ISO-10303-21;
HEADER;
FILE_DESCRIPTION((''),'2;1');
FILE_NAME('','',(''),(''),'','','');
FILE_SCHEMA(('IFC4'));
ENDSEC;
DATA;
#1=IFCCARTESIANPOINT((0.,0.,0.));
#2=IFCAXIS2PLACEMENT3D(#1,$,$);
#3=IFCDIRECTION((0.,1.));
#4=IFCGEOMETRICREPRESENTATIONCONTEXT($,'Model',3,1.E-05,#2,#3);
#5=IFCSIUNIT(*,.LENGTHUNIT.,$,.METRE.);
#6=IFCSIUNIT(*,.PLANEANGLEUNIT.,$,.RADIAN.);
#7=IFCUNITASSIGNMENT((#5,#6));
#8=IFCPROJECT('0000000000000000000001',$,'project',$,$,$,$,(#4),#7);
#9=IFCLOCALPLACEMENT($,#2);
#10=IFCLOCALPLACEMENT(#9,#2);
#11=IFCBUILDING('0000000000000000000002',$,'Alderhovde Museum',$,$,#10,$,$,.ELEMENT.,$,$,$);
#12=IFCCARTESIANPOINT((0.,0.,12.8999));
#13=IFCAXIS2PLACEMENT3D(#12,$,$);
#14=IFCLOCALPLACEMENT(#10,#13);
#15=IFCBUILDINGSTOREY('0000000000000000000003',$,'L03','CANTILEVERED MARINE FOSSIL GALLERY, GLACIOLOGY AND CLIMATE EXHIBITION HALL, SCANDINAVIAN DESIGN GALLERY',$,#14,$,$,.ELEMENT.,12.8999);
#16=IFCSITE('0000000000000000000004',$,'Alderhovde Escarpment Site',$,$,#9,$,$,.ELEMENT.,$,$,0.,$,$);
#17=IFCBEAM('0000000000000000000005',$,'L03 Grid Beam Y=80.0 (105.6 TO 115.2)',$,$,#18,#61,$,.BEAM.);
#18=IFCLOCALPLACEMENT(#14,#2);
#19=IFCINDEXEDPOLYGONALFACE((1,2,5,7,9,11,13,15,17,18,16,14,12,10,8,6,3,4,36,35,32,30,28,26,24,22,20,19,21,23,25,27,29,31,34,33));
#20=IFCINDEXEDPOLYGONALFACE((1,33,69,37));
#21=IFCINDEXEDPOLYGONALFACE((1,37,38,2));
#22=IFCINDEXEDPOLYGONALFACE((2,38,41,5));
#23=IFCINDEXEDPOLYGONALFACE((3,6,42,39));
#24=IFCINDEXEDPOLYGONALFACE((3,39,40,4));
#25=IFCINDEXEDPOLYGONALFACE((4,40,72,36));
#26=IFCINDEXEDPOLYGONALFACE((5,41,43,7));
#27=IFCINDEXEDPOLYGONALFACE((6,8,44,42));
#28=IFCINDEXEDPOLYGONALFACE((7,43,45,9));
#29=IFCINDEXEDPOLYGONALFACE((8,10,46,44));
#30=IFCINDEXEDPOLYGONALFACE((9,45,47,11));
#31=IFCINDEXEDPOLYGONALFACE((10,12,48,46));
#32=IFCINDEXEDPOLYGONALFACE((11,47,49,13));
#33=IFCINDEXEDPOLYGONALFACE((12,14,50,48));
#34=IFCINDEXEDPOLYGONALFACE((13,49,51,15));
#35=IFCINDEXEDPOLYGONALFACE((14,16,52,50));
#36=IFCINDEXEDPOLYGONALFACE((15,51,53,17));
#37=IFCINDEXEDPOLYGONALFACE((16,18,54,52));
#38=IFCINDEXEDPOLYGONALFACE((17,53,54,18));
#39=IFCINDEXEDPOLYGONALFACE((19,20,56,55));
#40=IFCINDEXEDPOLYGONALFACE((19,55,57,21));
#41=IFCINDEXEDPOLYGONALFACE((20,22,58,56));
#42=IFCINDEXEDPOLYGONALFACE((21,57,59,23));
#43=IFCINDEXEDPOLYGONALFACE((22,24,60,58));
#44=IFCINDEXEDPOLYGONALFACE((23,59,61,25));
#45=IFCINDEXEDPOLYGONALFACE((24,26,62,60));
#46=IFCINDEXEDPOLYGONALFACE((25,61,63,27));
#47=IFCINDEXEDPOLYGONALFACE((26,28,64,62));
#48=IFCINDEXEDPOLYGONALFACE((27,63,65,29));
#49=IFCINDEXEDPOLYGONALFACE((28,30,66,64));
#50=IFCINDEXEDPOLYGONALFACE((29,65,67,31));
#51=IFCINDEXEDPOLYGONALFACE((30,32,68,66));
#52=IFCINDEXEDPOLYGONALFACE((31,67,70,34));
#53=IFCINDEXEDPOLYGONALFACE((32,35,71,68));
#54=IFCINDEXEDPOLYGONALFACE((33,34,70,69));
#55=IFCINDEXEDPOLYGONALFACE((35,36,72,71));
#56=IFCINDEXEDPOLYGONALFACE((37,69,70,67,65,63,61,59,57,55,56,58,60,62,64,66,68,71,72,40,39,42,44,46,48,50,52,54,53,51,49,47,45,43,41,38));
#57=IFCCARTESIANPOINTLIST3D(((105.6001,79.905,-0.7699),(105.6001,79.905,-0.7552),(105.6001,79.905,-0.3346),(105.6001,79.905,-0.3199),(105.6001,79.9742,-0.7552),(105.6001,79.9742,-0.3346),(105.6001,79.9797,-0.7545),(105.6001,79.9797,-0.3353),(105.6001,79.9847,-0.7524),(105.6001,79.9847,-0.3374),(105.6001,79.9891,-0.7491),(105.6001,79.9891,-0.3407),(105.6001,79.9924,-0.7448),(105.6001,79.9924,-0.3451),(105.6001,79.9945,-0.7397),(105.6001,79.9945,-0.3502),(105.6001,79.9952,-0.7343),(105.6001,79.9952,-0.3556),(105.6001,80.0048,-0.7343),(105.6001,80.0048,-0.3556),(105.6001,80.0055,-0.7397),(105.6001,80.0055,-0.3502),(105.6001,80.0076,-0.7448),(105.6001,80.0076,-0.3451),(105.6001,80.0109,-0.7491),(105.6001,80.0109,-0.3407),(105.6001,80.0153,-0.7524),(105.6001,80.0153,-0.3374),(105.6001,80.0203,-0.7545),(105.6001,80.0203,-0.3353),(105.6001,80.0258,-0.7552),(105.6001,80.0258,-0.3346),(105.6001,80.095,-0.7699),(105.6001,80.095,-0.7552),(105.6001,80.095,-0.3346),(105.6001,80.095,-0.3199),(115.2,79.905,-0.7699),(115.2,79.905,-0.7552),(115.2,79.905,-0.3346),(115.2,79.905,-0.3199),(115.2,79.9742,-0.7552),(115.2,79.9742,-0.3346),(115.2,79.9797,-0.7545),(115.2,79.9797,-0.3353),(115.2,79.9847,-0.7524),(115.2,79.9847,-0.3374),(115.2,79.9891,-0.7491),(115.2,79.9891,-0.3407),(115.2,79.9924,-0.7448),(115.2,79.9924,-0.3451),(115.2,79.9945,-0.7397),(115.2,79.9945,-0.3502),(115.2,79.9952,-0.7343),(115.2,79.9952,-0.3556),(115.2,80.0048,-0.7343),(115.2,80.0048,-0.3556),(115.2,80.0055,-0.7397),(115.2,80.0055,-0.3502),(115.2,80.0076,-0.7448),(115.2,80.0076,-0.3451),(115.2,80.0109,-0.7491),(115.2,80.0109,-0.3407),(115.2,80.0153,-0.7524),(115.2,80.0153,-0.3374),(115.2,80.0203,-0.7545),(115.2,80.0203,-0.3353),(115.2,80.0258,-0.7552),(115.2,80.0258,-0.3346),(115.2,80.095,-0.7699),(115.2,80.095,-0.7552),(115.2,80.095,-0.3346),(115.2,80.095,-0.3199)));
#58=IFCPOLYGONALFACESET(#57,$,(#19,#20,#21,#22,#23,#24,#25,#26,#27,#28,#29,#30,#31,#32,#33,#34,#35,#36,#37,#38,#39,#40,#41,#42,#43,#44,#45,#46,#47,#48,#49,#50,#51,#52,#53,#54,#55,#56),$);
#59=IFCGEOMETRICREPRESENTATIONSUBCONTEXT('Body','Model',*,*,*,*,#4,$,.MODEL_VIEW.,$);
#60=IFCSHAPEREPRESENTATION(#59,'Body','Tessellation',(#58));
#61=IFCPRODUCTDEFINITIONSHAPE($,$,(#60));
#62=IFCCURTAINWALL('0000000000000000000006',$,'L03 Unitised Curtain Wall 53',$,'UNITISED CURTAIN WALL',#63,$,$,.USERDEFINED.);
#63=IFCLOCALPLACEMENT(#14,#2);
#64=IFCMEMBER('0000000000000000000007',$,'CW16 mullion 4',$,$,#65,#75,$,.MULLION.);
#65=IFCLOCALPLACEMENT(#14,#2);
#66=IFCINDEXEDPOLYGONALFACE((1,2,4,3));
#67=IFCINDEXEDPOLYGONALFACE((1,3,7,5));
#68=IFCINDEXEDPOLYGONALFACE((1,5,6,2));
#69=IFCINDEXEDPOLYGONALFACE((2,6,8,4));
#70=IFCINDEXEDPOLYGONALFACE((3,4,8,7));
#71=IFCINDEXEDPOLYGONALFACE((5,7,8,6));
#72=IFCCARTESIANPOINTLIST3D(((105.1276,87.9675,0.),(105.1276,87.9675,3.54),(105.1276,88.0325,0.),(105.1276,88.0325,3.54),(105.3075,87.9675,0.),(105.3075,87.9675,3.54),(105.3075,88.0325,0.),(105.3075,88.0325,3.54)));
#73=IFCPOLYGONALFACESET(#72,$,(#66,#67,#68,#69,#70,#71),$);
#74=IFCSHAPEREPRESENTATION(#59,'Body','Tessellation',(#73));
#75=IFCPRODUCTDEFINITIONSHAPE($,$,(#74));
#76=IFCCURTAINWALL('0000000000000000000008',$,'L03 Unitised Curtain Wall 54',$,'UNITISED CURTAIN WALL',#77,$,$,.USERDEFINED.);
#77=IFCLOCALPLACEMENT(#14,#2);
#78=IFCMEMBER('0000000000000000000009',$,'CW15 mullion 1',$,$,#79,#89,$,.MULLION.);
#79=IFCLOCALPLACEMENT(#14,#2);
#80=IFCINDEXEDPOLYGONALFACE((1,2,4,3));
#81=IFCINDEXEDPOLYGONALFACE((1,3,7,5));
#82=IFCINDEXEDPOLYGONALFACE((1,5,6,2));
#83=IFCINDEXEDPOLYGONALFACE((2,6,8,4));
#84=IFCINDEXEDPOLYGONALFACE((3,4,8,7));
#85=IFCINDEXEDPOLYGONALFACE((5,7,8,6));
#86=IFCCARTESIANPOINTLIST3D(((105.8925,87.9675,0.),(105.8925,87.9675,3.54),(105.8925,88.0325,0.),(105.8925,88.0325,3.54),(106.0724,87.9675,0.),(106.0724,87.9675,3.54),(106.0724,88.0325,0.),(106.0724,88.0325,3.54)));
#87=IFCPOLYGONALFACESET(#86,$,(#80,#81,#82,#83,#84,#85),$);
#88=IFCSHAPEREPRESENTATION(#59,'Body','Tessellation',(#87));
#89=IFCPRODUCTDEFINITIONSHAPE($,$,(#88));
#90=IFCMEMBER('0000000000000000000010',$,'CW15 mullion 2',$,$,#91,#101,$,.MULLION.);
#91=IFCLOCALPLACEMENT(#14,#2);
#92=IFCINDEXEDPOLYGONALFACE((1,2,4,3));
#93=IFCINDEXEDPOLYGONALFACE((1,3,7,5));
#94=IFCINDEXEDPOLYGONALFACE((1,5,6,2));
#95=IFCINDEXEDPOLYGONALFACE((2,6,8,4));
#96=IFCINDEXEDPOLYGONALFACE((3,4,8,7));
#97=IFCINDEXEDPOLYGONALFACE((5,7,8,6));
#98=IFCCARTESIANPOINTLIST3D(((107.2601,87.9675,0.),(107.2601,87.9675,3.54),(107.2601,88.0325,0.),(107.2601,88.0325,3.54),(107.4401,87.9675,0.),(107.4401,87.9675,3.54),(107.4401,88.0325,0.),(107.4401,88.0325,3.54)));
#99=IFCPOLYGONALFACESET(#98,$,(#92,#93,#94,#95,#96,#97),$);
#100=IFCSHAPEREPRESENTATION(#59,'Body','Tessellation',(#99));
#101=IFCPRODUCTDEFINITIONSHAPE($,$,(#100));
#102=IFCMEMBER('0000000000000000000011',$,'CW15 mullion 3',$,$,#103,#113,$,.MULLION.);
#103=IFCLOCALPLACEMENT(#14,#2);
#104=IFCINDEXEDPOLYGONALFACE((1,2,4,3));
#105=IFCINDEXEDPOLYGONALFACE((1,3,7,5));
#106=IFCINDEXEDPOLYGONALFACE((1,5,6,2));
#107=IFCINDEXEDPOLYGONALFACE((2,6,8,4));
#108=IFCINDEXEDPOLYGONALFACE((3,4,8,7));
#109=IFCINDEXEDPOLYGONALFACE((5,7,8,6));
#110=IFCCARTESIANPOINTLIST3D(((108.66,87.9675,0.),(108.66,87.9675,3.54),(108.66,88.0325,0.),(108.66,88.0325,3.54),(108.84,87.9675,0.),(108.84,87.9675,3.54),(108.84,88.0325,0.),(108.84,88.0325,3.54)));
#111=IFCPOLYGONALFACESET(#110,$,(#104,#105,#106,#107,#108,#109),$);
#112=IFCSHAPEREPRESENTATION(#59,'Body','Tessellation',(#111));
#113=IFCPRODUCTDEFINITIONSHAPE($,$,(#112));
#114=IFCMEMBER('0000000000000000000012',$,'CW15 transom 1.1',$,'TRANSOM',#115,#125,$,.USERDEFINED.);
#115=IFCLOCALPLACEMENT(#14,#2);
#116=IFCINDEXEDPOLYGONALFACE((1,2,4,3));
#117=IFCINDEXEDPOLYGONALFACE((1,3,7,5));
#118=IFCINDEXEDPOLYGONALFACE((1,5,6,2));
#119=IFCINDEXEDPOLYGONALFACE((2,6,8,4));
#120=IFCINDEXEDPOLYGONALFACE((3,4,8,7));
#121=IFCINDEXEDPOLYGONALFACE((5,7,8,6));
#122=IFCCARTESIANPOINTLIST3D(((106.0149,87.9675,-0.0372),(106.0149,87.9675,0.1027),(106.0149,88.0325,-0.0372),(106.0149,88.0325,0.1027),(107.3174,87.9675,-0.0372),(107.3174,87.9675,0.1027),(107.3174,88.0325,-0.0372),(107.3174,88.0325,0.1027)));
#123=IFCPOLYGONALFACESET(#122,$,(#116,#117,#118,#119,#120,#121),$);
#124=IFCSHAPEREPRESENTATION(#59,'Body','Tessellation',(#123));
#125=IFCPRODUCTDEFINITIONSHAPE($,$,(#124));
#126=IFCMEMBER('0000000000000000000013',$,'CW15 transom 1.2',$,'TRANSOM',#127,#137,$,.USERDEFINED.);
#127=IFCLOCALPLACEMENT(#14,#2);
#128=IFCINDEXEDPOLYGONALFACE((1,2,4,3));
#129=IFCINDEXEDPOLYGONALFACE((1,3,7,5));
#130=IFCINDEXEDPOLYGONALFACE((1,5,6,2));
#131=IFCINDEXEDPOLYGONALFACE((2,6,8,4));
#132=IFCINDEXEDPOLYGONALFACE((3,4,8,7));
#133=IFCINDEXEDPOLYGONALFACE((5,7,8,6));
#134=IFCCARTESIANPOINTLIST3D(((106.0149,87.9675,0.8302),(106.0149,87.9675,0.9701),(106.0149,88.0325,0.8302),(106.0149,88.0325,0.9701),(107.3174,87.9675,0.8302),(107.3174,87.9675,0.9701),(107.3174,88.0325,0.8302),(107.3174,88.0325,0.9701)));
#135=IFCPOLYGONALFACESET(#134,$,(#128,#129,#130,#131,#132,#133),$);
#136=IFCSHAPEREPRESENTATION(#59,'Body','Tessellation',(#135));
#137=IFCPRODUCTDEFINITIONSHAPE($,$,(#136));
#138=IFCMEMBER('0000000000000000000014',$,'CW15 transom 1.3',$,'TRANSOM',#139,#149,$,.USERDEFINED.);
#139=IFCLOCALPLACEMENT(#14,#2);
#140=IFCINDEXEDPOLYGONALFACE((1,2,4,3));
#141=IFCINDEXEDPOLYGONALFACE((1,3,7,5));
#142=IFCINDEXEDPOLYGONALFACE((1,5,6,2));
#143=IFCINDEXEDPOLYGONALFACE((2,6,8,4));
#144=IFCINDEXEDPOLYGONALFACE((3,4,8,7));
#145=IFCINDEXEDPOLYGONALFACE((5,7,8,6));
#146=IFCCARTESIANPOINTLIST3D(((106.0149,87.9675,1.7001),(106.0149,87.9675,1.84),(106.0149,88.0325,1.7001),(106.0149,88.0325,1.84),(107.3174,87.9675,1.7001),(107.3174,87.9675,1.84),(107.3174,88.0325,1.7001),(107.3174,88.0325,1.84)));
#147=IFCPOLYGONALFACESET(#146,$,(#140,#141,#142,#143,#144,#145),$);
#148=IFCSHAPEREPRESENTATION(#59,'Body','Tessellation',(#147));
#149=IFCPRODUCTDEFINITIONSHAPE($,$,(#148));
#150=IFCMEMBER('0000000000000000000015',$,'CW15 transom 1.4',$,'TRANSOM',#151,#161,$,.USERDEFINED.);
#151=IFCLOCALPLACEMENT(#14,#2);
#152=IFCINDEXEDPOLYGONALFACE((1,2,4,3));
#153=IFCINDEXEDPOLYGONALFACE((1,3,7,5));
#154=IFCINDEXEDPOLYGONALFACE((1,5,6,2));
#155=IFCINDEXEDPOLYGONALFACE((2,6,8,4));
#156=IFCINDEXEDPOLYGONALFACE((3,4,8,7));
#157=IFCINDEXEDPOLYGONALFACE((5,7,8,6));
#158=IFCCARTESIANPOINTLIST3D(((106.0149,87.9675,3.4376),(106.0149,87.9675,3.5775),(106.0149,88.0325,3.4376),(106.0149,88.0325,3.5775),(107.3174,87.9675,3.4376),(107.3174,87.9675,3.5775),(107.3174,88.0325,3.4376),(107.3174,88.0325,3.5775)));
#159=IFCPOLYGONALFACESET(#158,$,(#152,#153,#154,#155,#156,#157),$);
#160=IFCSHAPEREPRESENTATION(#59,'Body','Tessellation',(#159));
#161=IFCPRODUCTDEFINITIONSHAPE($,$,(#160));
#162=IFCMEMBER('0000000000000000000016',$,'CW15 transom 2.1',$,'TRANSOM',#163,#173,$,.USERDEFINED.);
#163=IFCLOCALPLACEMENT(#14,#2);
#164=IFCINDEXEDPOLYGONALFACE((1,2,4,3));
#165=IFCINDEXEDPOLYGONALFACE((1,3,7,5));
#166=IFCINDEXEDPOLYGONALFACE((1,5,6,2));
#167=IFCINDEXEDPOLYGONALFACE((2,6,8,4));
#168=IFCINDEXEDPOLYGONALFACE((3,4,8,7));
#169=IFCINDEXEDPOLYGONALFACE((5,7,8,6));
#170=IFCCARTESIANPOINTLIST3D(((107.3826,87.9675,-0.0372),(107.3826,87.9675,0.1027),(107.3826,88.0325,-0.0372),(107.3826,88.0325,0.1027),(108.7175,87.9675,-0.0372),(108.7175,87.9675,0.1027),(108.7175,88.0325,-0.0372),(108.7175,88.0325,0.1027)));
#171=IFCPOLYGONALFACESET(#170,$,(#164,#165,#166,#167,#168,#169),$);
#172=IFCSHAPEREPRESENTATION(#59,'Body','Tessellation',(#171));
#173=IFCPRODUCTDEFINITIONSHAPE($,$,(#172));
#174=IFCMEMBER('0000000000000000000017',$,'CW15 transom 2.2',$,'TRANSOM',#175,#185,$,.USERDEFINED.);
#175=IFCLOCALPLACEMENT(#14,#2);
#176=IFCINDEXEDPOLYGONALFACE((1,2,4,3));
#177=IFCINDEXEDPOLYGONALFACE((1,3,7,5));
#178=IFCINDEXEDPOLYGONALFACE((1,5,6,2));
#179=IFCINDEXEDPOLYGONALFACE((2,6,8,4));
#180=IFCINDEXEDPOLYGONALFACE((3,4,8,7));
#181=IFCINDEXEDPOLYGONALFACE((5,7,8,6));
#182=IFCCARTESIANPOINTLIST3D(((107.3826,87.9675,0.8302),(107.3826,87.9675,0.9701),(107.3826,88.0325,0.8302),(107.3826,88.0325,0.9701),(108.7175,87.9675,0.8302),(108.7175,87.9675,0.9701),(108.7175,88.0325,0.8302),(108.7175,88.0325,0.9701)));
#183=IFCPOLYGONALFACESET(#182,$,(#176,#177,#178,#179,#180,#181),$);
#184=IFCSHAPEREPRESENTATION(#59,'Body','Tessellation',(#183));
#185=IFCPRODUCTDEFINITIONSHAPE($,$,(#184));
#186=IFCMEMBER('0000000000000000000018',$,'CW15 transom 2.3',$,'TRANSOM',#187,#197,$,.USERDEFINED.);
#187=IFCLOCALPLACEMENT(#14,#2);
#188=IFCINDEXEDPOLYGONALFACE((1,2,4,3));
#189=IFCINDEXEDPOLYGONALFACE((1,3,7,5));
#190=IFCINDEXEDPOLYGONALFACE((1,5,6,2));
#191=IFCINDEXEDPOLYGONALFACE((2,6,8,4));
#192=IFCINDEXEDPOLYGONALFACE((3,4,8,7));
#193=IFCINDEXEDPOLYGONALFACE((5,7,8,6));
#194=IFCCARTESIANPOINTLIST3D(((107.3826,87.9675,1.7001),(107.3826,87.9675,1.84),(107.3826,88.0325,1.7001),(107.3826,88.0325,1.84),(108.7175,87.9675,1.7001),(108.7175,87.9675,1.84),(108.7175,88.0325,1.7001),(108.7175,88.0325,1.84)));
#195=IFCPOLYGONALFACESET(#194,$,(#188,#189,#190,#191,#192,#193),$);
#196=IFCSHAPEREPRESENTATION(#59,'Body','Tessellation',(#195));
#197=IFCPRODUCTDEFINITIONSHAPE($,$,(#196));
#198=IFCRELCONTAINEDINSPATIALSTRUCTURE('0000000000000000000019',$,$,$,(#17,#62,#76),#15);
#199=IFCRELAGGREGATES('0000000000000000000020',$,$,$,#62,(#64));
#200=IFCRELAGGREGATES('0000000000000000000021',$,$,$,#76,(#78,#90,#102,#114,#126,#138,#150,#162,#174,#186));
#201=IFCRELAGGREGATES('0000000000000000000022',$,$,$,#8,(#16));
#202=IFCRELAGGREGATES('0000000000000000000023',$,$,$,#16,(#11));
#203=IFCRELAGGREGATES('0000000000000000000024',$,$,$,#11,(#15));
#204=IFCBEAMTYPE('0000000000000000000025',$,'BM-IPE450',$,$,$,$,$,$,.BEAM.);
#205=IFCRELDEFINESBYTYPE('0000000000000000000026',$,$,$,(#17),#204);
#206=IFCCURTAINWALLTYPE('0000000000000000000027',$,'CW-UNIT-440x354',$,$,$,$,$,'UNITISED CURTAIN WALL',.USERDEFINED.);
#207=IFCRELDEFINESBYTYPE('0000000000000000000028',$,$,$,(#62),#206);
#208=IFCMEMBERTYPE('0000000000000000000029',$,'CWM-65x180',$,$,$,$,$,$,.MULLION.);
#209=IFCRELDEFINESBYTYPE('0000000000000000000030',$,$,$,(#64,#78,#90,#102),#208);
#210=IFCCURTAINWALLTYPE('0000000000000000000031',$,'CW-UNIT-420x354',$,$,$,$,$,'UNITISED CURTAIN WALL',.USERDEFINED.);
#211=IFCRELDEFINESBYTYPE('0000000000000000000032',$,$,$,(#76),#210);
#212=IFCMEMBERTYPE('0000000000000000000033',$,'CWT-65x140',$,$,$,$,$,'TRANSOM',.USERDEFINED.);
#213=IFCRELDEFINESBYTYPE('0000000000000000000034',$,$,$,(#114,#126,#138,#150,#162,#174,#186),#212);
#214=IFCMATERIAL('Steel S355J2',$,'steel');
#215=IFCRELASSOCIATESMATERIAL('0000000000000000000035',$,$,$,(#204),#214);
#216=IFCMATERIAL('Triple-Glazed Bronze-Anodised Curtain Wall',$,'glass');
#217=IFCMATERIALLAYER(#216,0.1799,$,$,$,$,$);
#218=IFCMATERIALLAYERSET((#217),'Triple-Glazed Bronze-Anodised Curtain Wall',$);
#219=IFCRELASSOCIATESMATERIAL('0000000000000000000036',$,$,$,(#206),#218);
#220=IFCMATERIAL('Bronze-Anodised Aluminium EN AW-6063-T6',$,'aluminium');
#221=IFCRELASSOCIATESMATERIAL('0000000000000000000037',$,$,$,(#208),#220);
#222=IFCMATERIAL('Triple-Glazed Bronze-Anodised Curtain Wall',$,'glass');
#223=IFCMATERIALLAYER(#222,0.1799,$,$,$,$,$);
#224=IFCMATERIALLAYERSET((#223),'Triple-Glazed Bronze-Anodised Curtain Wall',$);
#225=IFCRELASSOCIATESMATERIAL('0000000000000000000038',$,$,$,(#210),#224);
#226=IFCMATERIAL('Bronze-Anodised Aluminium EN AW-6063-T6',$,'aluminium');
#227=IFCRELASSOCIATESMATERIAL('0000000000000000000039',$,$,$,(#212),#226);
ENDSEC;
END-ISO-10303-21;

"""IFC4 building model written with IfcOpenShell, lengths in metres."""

from ifc_helpers import new_model, si_unit, direction, frame, origin, origin_2d, place, context, subcontext, project, spatial, rectangle, i_section, extrude, material, layer, layer_set, material_profile, profile_set, type_object, element, aggregate, save


model = new_model("IFC4")

# Units and contexts
model_context = context("Model", 3, precision=1e-05, world=origin(), true_north=direction((0.0, 1.0)))
body_context = subcontext(model_context, "Body", "Model", "MODEL_VIEW")
ifc_project = project(units=[si_unit("LENGTHUNIT", "METRE"), si_unit("PLANEANGLEUNIT", "RADIAN")], contexts=[model_context])

# Site, building, storey
site_placement = place(None, origin())
site = spatial("IfcSite", under=ifc_project, at=site_placement, Name="Alderhovde Escarpment Site", CompositionType="ELEMENT", RefElevation=0.0)
building_placement = place(site_placement, origin())
building = spatial("IfcBuilding", under=site, at=building_placement, Name="Alderhovde Museum", CompositionType="ELEMENT")
storey_placement = place(building_placement, frame((0.0, 0.0, 12.8999)))
storey = spatial("IfcBuildingStorey", under=building, at=storey_placement, Name="L03", Description="CANTILEVERED MARINE FOSSIL GALLERY, GLACIOLOGY AND CLIMATE EXHIBITION HALL, SCANDINAVIAN DESIGN GALLERY", CompositionType="ELEMENT", Elevation=12.8999)

# Beam
ifc_material_1 = material(Name="Steel S355J2", Category="steel")
ifc_material_profile_1 = material_profile(ifc_material_1, i_section(OverallWidth=0.1899, OverallDepth=0.45, WebThickness=0.0095, FlangeThickness=0.0146, FilletRadius=0.021, at=origin_2d()), Name="IPE 450")
ifc_profile_set_1 = profile_set([ifc_material_profile_1], Name="Steel S355J2")
beam_type_1 = type_object("IfcBeamType", Name="BM-IPE450", PredefinedType="BEAM", material=ifc_profile_set_1)
beam_1_placement = place(storey_placement, frame((105.6001, 80.0, -0.5449), z_axis=(1.0, 0.0, 0.0), x_axis=(0.0, 1.0, 0.0)))
element("IfcBeam", 1, at=beam_1_placement, inside=storey, type_object=beam_type_1, Name="L03 Grid Beam Y=80.0 (105.6 TO 115.2)", PredefinedType="BEAM", context=body_context, shape_type="SweptSolid", body=[
    extrude(i_section(OverallWidth=0.1899, OverallDepth=0.45, WebThickness=0.0095, FlangeThickness=0.0146, FilletRadius=0.021, at=origin_2d()), origin(), (0.0, 0.0, 1.0), 9.5999),
])

# Curtain wall, member
ifc_material_2 = material(Name="Triple-Glazed Bronze-Anodised Curtain Wall", Category="glass")
ifc_layer_1 = layer(ifc_material_2, 0.1799)
ifc_layer_set_1 = layer_set([ifc_layer_1], Name="Triple-Glazed Bronze-Anodised Curtain Wall")
curtain_wall_type_1 = type_object("IfcCurtainWallType", Name="CW-UNIT-440x354", ElementType="UNITISED CURTAIN WALL", PredefinedType="USERDEFINED", material=ifc_layer_set_1)
curtain_wall_1_placement = place(storey_placement, origin())
curtain_wall_1 = element("IfcCurtainWall", 2, at=curtain_wall_1_placement, inside=storey, type_object=curtain_wall_type_1, Name="L03 Unitised Curtain Wall 53", ObjectType="UNITISED CURTAIN WALL", PredefinedType="USERDEFINED")
ifc_material_3 = material(Name="Bronze-Anodised Aluminium EN AW-6063-T6", Category="aluminium")
ifc_material_profile_2 = material_profile(ifc_material_3, rectangle(XDim=0.0649, YDim=0.1799, at=origin_2d()), Name="MULLION 65x180")
ifc_profile_set_2 = profile_set([ifc_material_profile_2], Name="Bronze-Anodised Aluminium EN AW-6063-T6")
member_type_1 = type_object("IfcMemberType", Name="CWM-65x180", PredefinedType="MULLION", material=ifc_profile_set_2)
member_1_placement = place(storey_placement, frame((105.2175, 88.0, 0.0), z_axis=(0.0, 0.0, 1.0), x_axis=(0.0, 1.0, 0.0)))
member_1 = element("IfcMember", 3, at=member_1_placement, type_object=member_type_1, Name="CW16 mullion 4", PredefinedType="MULLION", context=body_context, shape_type="SweptSolid", body=[
    extrude(rectangle(XDim=0.0649, YDim=0.1799, at=origin_2d()), origin(), (0.0, 0.0, 1.0), 3.54),
])

# Curtain wall, members
ifc_material_4 = material(Name="Triple-Glazed Bronze-Anodised Curtain Wall", Category="glass")
ifc_layer_2 = layer(ifc_material_4, 0.1799)
ifc_layer_set_2 = layer_set([ifc_layer_2], Name="Triple-Glazed Bronze-Anodised Curtain Wall")
curtain_wall_type_2 = type_object("IfcCurtainWallType", Name="CW-UNIT-420x354", ElementType="UNITISED CURTAIN WALL", PredefinedType="USERDEFINED", material=ifc_layer_set_2)
curtain_wall_2_placement = place(storey_placement, origin())
curtain_wall_2 = element("IfcCurtainWall", 4, at=curtain_wall_2_placement, inside=storey, type_object=curtain_wall_type_2, Name="L03 Unitised Curtain Wall 54", ObjectType="UNITISED CURTAIN WALL", PredefinedType="USERDEFINED")
member_2_placement = place(storey_placement, frame((105.9824, 88.0, 0.0), z_axis=(0.0, 0.0, 1.0), x_axis=(0.0, 1.0, 0.0)))
member_2 = element("IfcMember", 5, at=member_2_placement, type_object=member_type_1, Name="CW15 mullion 1", PredefinedType="MULLION", context=body_context, shape_type="SweptSolid", body=[
    extrude(rectangle(XDim=0.0649, YDim=0.1799, at=origin_2d()), origin(), (0.0, 0.0, 1.0), 3.54),
])
member_3_placement = place(storey_placement, frame((107.3501, 88.0, 0.0), z_axis=(0.0, 0.0, 1.0), x_axis=(0.0, 1.0, 0.0)))
member_3 = element("IfcMember", 6, at=member_3_placement, type_object=member_type_1, Name="CW15 mullion 2", PredefinedType="MULLION", context=body_context, shape_type="SweptSolid", body=[
    extrude(rectangle(XDim=0.0649, YDim=0.1799, at=origin_2d()), origin(), (0.0, 0.0, 1.0), 3.54),
])
member_4_placement = place(storey_placement, frame((108.75, 88.0, 0.0), z_axis=(0.0, 0.0, 1.0), x_axis=(0.0, 1.0, 0.0)))
member_4 = element("IfcMember", 7, at=member_4_placement, type_object=member_type_1, Name="CW15 mullion 3", PredefinedType="MULLION", context=body_context, shape_type="SweptSolid", body=[
    extrude(rectangle(XDim=0.0649, YDim=0.1799, at=origin_2d()), origin(), (0.0, 0.0, 1.0), 3.54),
])
ifc_material_5 = material(Name="Bronze-Anodised Aluminium EN AW-6063-T6", Category="aluminium")
ifc_material_profile_3 = material_profile(ifc_material_5, rectangle(XDim=0.0649, YDim=0.1399, at=origin_2d()), Name="TRANSOM 65x140")
ifc_profile_set_3 = profile_set([ifc_material_profile_3], Name="Bronze-Anodised Aluminium EN AW-6063-T6")
member_type_2 = type_object("IfcMemberType", Name="CWT-65x140", ElementType="TRANSOM", PredefinedType="USERDEFINED", material=ifc_profile_set_3)
member_5_placement = place(storey_placement, frame((106.0149, 88.0, 0.0327), z_axis=(1.0, 0.0, 0.0), x_axis=(0.0, 1.0, 0.0)))
member_5 = element("IfcMember", 8, at=member_5_placement, type_object=member_type_2, Name="CW15 transom 1.1", ObjectType="TRANSOM", PredefinedType="USERDEFINED", context=body_context, shape_type="SweptSolid", body=[
    extrude(rectangle(XDim=0.0649, YDim=0.1399, at=origin_2d()), origin(), (0.0, 0.0, 1.0), 1.3025),
])
member_6_placement = place(storey_placement, frame((106.0149, 88.0, 0.9001), z_axis=(1.0, 0.0, 0.0), x_axis=(0.0, 1.0, 0.0)))
member_6 = element("IfcMember", 9, at=member_6_placement, type_object=member_type_2, Name="CW15 transom 1.2", ObjectType="TRANSOM", PredefinedType="USERDEFINED", context=body_context, shape_type="SweptSolid", body=[
    extrude(rectangle(XDim=0.0649, YDim=0.1399, at=origin_2d()), origin(), (0.0, 0.0, 1.0), 1.3025),
])
member_7_placement = place(storey_placement, frame((106.0149, 88.0, 1.77), z_axis=(1.0, 0.0, 0.0), x_axis=(0.0, 1.0, 0.0)))
member_7 = element("IfcMember", 10, at=member_7_placement, type_object=member_type_2, Name="CW15 transom 1.3", ObjectType="TRANSOM", PredefinedType="USERDEFINED", context=body_context, shape_type="SweptSolid", body=[
    extrude(rectangle(XDim=0.0649, YDim=0.1399, at=origin_2d()), origin(), (0.0, 0.0, 1.0), 1.3025),
])
member_8_placement = place(storey_placement, frame((106.0149, 88.0, 3.5076), z_axis=(1.0, 0.0, 0.0), x_axis=(0.0, 1.0, 0.0)))
member_8 = element("IfcMember", 11, at=member_8_placement, type_object=member_type_2, Name="CW15 transom 1.4", ObjectType="TRANSOM", PredefinedType="USERDEFINED", context=body_context, shape_type="SweptSolid", body=[
    extrude(rectangle(XDim=0.0649, YDim=0.1399, at=origin_2d()), origin(), (0.0, 0.0, 1.0), 1.3025),
])
member_9_placement = place(storey_placement, frame((107.3826, 88.0, 0.0327), z_axis=(1.0, 0.0, 0.0), x_axis=(0.0, 1.0, 0.0)))
member_9 = element("IfcMember", 12, at=member_9_placement, type_object=member_type_2, Name="CW15 transom 2.1", ObjectType="TRANSOM", PredefinedType="USERDEFINED", context=body_context, shape_type="SweptSolid", body=[
    extrude(rectangle(XDim=0.0649, YDim=0.1399, at=origin_2d()), origin(), (0.0, 0.0, 1.0), 1.335),
])
member_10_placement = place(storey_placement, frame((107.3826, 88.0, 0.9001), z_axis=(1.0, 0.0, 0.0), x_axis=(0.0, 1.0, 0.0)))
member_10 = element("IfcMember", 13, at=member_10_placement, type_object=member_type_2, Name="CW15 transom 2.2", ObjectType="TRANSOM", PredefinedType="USERDEFINED", context=body_context, shape_type="SweptSolid", body=[
    extrude(rectangle(XDim=0.0649, YDim=0.1399, at=origin_2d()), origin(), (0.0, 0.0, 1.0), 1.335),
])
member_11_placement = place(storey_placement, frame((107.3826, 88.0, 1.77), z_axis=(1.0, 0.0, 0.0), x_axis=(0.0, 1.0, 0.0)))
member_11 = element("IfcMember", 14, at=member_11_placement, type_object=member_type_2, Name="CW15 transom 2.3", ObjectType="TRANSOM", PredefinedType="USERDEFINED", context=body_context, shape_type="SweptSolid", body=[
    extrude(rectangle(XDim=0.0649, YDim=0.1399, at=origin_2d()), origin(), (0.0, 0.0, 1.0), 1.335),
])

aggregate(curtain_wall_1, [member_1])
aggregate(curtain_wall_2, [member_2, member_3, member_4, member_5, member_6, member_7, member_8, member_9, member_10, member_11])

save(model, "model.ifc")
